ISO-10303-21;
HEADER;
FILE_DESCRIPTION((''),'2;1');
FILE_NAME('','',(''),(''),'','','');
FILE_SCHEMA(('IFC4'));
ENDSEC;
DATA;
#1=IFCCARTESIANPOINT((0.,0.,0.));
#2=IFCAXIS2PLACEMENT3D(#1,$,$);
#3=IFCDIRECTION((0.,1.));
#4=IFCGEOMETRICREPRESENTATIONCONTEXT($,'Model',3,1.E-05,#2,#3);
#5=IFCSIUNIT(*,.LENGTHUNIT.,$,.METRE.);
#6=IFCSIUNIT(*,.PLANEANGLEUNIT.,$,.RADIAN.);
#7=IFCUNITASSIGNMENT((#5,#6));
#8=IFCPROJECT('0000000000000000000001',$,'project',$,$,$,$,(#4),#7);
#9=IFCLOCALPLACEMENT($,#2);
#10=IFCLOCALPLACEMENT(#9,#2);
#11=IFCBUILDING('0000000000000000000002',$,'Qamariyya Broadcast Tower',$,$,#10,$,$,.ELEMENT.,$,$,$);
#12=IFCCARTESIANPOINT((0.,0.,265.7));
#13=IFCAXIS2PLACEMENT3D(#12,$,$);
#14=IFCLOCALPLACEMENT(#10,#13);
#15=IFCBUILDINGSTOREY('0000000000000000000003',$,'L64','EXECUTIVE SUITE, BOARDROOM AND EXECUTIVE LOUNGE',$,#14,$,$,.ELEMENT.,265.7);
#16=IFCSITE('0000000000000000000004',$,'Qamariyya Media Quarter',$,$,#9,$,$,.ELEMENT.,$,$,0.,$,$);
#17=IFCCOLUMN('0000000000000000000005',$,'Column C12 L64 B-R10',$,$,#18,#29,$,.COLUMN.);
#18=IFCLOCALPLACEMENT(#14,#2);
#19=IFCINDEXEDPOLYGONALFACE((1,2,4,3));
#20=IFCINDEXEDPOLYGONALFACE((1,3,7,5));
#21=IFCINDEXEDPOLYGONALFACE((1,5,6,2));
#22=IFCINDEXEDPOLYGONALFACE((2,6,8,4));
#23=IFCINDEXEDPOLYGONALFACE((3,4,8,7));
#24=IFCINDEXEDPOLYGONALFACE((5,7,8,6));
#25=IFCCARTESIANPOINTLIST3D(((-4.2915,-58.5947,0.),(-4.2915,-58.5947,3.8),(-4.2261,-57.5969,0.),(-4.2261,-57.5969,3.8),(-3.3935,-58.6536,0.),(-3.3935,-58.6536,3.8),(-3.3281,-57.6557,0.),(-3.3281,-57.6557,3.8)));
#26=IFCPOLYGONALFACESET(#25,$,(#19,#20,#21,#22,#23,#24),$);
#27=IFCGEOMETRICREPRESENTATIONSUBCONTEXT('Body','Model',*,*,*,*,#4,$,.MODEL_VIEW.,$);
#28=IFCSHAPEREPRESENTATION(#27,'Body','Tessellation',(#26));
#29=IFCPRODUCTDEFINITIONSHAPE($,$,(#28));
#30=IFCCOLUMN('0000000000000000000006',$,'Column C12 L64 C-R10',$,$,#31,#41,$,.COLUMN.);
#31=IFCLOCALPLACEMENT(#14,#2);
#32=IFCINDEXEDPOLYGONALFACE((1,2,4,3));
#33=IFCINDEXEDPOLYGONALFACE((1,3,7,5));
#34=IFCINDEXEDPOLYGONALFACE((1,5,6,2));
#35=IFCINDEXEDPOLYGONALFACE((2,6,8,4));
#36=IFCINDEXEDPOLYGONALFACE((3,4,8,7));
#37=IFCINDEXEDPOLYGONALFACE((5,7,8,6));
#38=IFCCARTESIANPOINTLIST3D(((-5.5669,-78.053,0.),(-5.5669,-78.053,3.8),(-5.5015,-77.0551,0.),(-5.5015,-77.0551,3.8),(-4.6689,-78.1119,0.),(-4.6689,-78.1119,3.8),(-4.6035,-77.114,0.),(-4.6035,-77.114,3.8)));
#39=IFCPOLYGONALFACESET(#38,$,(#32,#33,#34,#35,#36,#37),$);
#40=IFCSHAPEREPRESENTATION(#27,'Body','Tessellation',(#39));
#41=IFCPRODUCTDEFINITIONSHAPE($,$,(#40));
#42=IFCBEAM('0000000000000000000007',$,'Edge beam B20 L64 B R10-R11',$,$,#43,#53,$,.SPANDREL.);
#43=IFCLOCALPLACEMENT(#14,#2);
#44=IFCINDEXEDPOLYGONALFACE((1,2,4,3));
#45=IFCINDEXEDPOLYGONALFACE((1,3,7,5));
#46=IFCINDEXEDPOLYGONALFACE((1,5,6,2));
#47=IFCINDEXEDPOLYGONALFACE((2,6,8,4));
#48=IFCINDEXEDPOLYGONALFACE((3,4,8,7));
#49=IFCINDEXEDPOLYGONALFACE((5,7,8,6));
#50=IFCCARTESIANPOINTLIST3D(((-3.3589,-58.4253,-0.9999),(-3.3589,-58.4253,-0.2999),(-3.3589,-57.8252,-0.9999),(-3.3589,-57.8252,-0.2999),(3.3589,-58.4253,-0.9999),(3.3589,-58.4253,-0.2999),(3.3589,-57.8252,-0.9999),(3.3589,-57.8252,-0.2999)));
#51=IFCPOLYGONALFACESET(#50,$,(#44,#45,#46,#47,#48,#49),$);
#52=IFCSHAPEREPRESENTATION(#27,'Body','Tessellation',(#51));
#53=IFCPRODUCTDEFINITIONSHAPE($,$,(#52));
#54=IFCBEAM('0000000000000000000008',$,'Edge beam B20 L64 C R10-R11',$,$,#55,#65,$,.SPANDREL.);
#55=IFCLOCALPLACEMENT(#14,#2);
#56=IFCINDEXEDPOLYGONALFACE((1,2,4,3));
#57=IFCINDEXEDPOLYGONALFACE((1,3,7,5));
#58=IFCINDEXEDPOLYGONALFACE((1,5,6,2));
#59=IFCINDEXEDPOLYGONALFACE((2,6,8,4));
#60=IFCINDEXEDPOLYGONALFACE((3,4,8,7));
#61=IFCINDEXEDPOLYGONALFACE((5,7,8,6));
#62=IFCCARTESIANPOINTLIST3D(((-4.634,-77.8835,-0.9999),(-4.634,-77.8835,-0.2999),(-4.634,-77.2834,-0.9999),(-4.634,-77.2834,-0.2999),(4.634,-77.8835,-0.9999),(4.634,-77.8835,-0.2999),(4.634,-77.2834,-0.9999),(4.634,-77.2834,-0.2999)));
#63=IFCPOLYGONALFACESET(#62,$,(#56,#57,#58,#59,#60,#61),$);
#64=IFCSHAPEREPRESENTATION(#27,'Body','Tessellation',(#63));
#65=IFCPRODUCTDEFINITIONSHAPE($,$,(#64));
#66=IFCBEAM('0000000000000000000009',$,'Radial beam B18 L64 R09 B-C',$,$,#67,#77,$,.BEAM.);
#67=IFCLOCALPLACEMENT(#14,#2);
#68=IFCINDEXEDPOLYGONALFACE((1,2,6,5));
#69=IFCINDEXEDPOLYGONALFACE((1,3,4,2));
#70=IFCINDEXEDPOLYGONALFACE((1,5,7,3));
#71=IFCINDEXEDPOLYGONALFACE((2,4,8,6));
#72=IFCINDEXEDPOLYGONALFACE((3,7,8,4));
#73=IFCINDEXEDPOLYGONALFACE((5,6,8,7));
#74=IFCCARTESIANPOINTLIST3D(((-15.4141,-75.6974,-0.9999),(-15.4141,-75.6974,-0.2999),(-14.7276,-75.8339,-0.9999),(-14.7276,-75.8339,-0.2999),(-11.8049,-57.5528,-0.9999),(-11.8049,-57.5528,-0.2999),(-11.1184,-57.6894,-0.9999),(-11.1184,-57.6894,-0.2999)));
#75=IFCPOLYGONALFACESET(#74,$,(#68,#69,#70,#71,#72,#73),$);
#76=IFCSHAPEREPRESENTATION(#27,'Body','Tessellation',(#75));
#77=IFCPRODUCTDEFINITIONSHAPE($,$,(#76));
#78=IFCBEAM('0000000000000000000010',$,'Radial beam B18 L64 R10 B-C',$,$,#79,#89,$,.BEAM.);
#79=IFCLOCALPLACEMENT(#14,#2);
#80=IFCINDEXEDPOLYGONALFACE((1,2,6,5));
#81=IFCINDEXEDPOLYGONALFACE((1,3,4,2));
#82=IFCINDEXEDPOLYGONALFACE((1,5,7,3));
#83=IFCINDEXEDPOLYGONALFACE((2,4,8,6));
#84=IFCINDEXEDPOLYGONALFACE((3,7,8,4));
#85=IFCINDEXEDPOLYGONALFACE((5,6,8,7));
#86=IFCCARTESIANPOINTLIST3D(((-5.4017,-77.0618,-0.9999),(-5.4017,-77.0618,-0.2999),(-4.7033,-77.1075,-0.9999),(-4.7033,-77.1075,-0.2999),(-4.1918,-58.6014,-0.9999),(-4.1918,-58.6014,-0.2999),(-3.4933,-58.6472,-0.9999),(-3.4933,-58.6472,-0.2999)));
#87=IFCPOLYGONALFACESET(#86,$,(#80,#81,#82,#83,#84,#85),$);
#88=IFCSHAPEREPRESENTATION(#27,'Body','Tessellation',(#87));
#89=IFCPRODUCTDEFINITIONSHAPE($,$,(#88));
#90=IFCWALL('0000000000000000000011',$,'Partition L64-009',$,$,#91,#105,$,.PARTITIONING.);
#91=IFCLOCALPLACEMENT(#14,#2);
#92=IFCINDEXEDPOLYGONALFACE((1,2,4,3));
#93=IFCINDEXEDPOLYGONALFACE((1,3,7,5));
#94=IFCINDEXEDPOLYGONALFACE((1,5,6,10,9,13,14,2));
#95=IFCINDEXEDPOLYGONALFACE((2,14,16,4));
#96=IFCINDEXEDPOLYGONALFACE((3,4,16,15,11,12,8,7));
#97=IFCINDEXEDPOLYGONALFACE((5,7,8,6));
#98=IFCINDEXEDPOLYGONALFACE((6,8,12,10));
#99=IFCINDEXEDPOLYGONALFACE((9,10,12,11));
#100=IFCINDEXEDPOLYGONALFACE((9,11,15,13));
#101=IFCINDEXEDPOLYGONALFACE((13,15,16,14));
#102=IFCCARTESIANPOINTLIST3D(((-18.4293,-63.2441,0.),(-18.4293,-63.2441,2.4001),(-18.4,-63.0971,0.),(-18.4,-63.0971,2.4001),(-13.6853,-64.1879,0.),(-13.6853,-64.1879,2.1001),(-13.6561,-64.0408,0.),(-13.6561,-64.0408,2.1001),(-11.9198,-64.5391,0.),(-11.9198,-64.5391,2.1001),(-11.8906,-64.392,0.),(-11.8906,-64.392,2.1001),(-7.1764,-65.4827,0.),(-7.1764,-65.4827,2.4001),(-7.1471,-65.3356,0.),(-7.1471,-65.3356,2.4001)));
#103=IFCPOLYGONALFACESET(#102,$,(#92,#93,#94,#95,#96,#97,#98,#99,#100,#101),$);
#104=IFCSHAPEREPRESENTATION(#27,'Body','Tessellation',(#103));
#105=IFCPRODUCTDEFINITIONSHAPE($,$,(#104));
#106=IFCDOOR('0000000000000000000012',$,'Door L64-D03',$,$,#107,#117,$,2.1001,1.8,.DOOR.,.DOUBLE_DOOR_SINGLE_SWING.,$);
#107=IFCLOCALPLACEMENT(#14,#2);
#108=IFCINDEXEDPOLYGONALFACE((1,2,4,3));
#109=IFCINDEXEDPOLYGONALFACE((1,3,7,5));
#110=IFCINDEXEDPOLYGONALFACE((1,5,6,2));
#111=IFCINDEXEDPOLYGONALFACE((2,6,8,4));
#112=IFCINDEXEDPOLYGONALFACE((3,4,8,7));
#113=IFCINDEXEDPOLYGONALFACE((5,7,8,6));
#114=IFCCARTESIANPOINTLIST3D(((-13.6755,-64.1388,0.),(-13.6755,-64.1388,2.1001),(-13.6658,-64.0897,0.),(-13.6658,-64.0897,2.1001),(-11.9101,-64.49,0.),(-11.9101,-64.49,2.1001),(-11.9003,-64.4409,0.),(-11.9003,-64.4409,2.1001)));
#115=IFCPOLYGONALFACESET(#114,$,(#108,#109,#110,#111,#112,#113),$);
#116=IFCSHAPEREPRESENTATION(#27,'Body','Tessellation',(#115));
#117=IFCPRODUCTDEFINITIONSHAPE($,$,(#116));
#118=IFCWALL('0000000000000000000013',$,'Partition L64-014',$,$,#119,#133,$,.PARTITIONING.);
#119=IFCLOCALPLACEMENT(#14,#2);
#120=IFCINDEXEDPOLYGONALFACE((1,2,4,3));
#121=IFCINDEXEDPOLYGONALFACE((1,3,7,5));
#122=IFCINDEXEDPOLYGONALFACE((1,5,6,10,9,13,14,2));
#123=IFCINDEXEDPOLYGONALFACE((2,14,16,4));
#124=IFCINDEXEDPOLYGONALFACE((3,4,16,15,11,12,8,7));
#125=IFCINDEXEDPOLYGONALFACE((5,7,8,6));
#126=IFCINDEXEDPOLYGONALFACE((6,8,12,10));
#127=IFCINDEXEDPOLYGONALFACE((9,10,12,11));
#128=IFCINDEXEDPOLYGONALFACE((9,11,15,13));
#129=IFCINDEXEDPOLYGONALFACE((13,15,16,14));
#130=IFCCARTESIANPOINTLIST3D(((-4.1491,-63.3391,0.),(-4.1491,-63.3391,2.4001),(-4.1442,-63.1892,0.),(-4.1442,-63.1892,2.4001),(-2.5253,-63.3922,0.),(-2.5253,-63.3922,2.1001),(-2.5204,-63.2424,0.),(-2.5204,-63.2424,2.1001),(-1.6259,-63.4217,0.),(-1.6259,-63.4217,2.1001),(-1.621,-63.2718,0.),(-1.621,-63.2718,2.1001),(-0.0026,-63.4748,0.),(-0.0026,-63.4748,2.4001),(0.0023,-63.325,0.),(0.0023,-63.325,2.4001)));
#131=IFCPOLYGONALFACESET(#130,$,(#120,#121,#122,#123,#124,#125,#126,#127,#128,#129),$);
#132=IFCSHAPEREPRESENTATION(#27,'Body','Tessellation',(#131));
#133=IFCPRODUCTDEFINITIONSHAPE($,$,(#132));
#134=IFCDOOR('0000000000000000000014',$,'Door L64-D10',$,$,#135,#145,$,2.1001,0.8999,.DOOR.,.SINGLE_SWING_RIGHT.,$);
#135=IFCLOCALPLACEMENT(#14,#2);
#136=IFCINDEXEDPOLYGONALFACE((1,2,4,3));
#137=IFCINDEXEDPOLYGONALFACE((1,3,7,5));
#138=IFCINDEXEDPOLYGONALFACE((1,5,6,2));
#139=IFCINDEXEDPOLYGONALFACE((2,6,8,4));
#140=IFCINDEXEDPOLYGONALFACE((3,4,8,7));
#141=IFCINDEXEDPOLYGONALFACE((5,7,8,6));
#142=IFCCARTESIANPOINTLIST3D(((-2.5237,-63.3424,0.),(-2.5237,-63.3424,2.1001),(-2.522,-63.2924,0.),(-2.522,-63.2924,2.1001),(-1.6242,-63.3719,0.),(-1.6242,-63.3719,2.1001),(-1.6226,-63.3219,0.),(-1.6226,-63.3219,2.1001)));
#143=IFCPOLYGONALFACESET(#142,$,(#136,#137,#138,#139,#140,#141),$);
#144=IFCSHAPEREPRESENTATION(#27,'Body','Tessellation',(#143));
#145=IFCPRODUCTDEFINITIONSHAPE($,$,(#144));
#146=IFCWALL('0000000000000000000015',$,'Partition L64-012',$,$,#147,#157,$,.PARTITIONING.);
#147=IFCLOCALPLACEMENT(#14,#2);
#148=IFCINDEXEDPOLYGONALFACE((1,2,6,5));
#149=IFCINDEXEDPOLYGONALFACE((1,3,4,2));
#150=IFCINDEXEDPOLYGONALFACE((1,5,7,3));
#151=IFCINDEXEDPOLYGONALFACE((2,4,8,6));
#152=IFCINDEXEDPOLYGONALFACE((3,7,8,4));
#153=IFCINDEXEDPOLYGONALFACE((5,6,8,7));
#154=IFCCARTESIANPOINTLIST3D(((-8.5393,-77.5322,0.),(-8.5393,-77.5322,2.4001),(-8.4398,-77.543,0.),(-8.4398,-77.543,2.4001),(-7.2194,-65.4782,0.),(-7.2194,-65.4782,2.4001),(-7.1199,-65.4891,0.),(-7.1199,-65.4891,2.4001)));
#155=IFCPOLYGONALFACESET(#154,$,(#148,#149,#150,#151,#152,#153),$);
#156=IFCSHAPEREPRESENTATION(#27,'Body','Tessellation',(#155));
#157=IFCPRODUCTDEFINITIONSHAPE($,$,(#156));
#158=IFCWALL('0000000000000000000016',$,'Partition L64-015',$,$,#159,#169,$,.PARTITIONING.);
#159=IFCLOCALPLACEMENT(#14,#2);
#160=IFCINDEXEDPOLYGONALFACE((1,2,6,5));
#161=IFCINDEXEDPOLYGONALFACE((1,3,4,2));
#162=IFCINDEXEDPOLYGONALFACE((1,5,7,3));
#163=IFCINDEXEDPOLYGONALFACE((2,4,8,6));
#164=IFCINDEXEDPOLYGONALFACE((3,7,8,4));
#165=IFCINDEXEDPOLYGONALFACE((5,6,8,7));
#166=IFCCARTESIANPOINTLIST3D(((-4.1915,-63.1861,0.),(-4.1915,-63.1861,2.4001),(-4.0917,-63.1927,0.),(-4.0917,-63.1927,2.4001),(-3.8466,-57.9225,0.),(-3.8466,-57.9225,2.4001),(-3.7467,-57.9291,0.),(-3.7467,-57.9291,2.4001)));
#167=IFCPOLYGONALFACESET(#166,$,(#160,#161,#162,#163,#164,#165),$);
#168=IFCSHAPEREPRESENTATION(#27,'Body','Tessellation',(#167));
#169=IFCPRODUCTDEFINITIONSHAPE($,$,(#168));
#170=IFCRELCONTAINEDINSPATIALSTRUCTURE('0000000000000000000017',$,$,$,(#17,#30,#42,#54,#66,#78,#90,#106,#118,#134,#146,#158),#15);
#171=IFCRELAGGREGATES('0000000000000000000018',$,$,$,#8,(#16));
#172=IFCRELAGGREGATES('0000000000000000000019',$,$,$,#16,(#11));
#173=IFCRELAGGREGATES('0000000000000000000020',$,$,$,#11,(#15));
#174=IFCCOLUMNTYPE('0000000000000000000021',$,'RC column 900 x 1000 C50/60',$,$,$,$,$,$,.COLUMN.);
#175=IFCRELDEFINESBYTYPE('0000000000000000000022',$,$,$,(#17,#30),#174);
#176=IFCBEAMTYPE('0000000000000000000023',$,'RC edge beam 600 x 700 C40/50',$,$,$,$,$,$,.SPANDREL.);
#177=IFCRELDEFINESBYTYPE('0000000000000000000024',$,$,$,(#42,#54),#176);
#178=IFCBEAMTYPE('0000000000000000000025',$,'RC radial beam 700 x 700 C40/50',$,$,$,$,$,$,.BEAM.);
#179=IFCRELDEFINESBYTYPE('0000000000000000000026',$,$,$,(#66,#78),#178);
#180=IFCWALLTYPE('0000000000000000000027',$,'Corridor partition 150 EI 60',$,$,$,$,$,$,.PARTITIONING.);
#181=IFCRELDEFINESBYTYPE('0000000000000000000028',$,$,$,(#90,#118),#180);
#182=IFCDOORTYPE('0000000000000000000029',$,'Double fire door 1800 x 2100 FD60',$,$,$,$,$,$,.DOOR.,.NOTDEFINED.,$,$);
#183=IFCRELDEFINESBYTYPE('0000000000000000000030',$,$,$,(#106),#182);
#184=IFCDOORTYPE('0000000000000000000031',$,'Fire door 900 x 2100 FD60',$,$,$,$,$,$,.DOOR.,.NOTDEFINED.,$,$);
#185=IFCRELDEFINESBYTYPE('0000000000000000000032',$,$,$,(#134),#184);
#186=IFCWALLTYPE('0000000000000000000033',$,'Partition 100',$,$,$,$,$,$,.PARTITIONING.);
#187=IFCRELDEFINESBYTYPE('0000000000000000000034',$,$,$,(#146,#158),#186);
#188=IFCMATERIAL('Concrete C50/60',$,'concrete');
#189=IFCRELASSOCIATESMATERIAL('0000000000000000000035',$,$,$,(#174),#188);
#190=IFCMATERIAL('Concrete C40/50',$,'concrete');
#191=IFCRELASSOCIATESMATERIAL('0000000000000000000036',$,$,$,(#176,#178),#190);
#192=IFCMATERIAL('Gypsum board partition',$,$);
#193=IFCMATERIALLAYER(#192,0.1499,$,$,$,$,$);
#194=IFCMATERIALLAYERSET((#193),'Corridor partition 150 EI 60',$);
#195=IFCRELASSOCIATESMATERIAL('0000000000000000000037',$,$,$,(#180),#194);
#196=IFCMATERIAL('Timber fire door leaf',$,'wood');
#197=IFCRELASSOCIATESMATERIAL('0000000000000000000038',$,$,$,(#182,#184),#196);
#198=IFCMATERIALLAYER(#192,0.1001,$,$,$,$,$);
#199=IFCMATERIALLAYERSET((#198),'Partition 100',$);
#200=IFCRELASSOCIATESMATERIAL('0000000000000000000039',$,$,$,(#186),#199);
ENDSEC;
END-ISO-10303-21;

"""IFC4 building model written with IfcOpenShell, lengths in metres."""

from ifc_helpers import new_model, si_unit, direction, frame, frame_2d, origin, origin_2d, place, context, subcontext, project, spatial, rectangle, extrude, material, layer, layer_set, material_profile, profile_set, type_object, element, fill, save


model = new_model("IFC4")

# Units and contexts
model_context = context("Model", 3, precision=1e-05, world=origin(), true_north=direction((0.0, 1.0)))
body_context = subcontext(model_context, "Body", "Model", "MODEL_VIEW")
ifc_project = project(units=[si_unit("LENGTHUNIT", "METRE"), si_unit("PLANEANGLEUNIT", "RADIAN")], contexts=[model_context])

# Site, building, storey
site_placement = place(None, origin())
site = spatial("IfcSite", under=ifc_project, at=site_placement, Name="Qamariyya Media Quarter", CompositionType="ELEMENT", RefElevation=0.0)
building_placement = place(site_placement, origin())
building = spatial("IfcBuilding", under=site, at=building_placement, Name="Qamariyya Broadcast Tower", CompositionType="ELEMENT")
storey_placement = place(building_placement, frame((0.0, 0.0, 265.7)))
storey = spatial("IfcBuildingStorey", under=building, at=storey_placement, Name="L64", Description="EXECUTIVE SUITE, BOARDROOM AND EXECUTIVE LOUNGE", CompositionType="ELEMENT", Elevation=265.7)

# Columns
ifc_material_1 = material(Name="Concrete C50/60", Category="concrete")
ifc_material_profile_1 = material_profile(ifc_material_1, rectangle(XDim=0.8999, YDim=1.0, at=origin_2d()))
ifc_profile_set_1 = profile_set([ifc_material_profile_1], Name="Concrete C50/60")
column_type = type_object("IfcColumnType", Name="RC column 900 x 1000 C50/60", PredefinedType="COLUMN", material=ifc_profile_set_1)
for number, where, z_axis, x_axis, name in (
    (1, (-3.8098, -58.1252, 0.0), (0.0, 0.0, 1.0), (0.997859, -0.065403, 0.0), "Column C12 L64 B-R10"),
    (2, (-5.0852, -77.5835, 0.0), (0.0, 0.0, 1.0), (0.997859, -0.065403, 0.0), "Column C12 L64 C-R10"),
):
    element("IfcColumn", number, at=place(storey_placement, frame(where, z_axis=z_axis, x_axis=x_axis)), inside=storey, type_object=column_type, Name=name, PredefinedType="COLUMN", context=body_context, shape_type="SweptSolid", body=[
        extrude(rectangle(XDim=0.8999, YDim=1.0, at=origin_2d()), origin(), (0.0, 0.0, 1.0), 3.8),
    ])

# Beams
ifc_material_2 = material(Name="Concrete C40/50", Category="concrete")
ifc_material_profile_2 = material_profile(ifc_material_2, rectangle(XDim=0.6001, YDim=0.7, at=origin_2d()))
ifc_profile_set_2 = profile_set([ifc_material_profile_2], Name="Concrete C40/50")
beam_type_1 = type_object("IfcBeamType", Name="RC edge beam 600 x 700 C40/50", PredefinedType="SPANDREL", material=ifc_profile_set_2)
beam_1_placement = place(storey_placement, frame((-3.3589, -58.1252, -0.6499), z_axis=(1.0, 0.0, 0.0), x_axis=(0.0, 1.0, 0.0)))
element("IfcBeam", 3, at=beam_1_placement, inside=storey, type_object=beam_type_1, Name="Edge beam B20 L64 B R10-R11", PredefinedType="SPANDREL", context=body_context, shape_type="SweptSolid", body=[
    extrude(rectangle(XDim=0.6001, YDim=0.7, at=origin_2d()), origin(), (0.0, 0.0, 1.0), 6.7178),
])
beam_2_placement = place(storey_placement, frame((-4.634, -77.5835, -0.6499), z_axis=(1.0, 0.0, 0.0), x_axis=(0.0, 1.0, 0.0)))
element("IfcBeam", 4, at=beam_2_placement, inside=storey, type_object=beam_type_1, Name="Edge beam B20 L64 C R10-R11", PredefinedType="SPANDREL", context=body_context, shape_type="SweptSolid", body=[
    extrude(rectangle(XDim=0.6001, YDim=0.7, at=origin_2d()), origin(), (0.0, 0.0, 1.0), 9.2681),
])
ifc_material_profile_3 = material_profile(ifc_material_2, rectangle(XDim=0.7, YDim=0.7, at=origin_2d()))
ifc_profile_set_3 = profile_set([ifc_material_profile_3], Name="Concrete C40/50")
beam_type_2 = type_object("IfcBeamType", Name="RC radial beam 700 x 700 C40/50", PredefinedType="BEAM", material=ifc_profile_set_3)
for number, where, z_axis, x_axis, name in (
    (5, (-11.4617, -57.6211, -0.6499), (-0.195088, -0.980786, 0.0), (0.980786, -0.195088, 0.0), "Radial beam B18 L64 R09 B-C"),
    (6, (-3.8425, -58.6243, -0.6499), (-0.065403, -0.997859, 0.0), (0.997859, -0.065403, 0.0), "Radial beam B18 L64 R10 B-C"),
):
    element("IfcBeam", number, at=place(storey_placement, frame(where, z_axis=z_axis, x_axis=x_axis)), inside=storey, type_object=beam_type_2, Name=name, PredefinedType="BEAM", context=body_context, shape_type="SweptSolid", body=[
        extrude(rectangle(XDim=0.7, YDim=0.7, at=origin_2d()), origin(), (0.0, 0.0, 1.0), 18.5),
    ])

# Walls, openings, doors
ifc_material_3 = material(Name="Gypsum board partition")
ifc_layer_1 = layer(ifc_material_3, 0.1499)
ifc_layer_set_1 = layer_set([ifc_layer_1], Name="Corridor partition 150 EI 60")
wall_type_1 = type_object("IfcWallType", Name="Corridor partition 150 EI 60", PredefinedType="PARTITIONING", material=ifc_layer_set_1)
wall_1_placement = place(storey_placement, frame((-7.1616, -65.4092, 0.0), z_axis=(0.0, 0.0, 1.0), x_axis=(-0.980782, 0.195105, 0.0)))
wall_1 = element("IfcWall", 7, at=wall_1_placement, inside=storey, type_object=wall_type_1, Name="Partition L64-009", PredefinedType="PARTITIONING", context=body_context, shape_type="SweptSolid", body=[
    extrude(rectangle(XDim=11.4734, YDim=0.1499, at=frame_2d((5.7368, 0.0))), origin(), (0.0, 0.0, 1.0), 2.4001),
])
opening_1_placement = place(wall_1_placement, frame((4.8367, 0.0, 0.0)))
opening_1 = element("IfcOpeningElement", 8, at=opening_1_placement, cuts=wall_1, PredefinedType="OPENING", context=body_context, shape_type="SweptSolid", body=[
    extrude(rectangle(XDim=1.8, YDim=2.1001, at=frame_2d((0.8999, 1.05))), frame((0.0, 0.085, 0.0), z_axis=(0.0, -1.0, 0.0), x_axis=(1.0, 0.0, 0.0)), (0.0, 0.0, 1.0), 0.1699),
])
ifc_material_4 = material(Name="Timber fire door leaf", Category="wood")
door_type_1 = type_object("IfcDoorType", Name="Double fire door 1800 x 2100 FD60", OperationType="NOTDEFINED", PredefinedType="DOOR", material=ifc_material_4)
door_1_placement = place(opening_1_placement, origin())
door_1 = element("IfcDoor", 9, at=door_1_placement, inside=storey, type_object=door_type_1, Name="Door L64-D03", OperationType="DOUBLE_DOOR_SINGLE_SWING", OverallHeight=2.1001, OverallWidth=1.8, PredefinedType="DOOR", context=body_context, shape_type="SweptSolid", body=[
    extrude(rectangle(XDim=1.8, YDim=2.1001, at=frame_2d((0.8999, 1.05))), frame((0.0, 0.0249, 0.0), z_axis=(0.0, -1.0, 0.0), x_axis=(1.0, 0.0, 0.0)), (0.0, 0.0, 1.0), 0.05),
])
fill(opening_1, door_1)
wall_2_placement = place(storey_placement, frame((-4.1465, -63.2642, 0.0), z_axis=(0.0, 0.0, 1.0), x_axis=(0.999465, -0.032719, 0.0)))
wall_2 = element("IfcWall", 10, at=wall_2_placement, inside=storey, type_object=wall_type_1, Name="Partition L64-014", PredefinedType="PARTITIONING", context=body_context, shape_type="SweptSolid", body=[
    extrude(rectangle(XDim=4.1487, YDim=0.1499, at=frame_2d((2.0742, 0.0))), origin(), (0.0, 0.0, 1.0), 2.4001),
])
opening_2_placement = place(wall_2_placement, frame((1.6245, 0.0, 0.0)))
opening_2 = element("IfcOpeningElement", 11, at=opening_2_placement, cuts=wall_2, PredefinedType="OPENING", context=body_context, shape_type="SweptSolid", body=[
    extrude(rectangle(XDim=0.8999, YDim=2.1001, at=frame_2d((0.45, 1.05))), frame((0.0, 0.085, 0.0), z_axis=(0.0, -1.0, 0.0), x_axis=(1.0, 0.0, 0.0)), (0.0, 0.0, 1.0), 0.1699),
])
door_type_2 = type_object("IfcDoorType", Name="Fire door 900 x 2100 FD60", OperationType="NOTDEFINED", PredefinedType="DOOR", material=ifc_material_4)
door_2_placement = place(opening_2_placement, origin())
door_2 = element("IfcDoor", 12, at=door_2_placement, inside=storey, type_object=door_type_2, Name="Door L64-D10", OperationType="SINGLE_SWING_RIGHT", OverallHeight=2.1001, OverallWidth=0.8999, PredefinedType="DOOR", context=body_context, shape_type="SweptSolid", body=[
    extrude(rectangle(XDim=0.8999, YDim=2.1001, at=frame_2d((0.45, 1.05))), frame((0.0, 0.0249, 0.0), z_axis=(0.0, -1.0, 0.0), x_axis=(1.0, 0.0, 0.0)), (0.0, 0.0, 1.0), 0.05),
])
fill(opening_2, door_2)

# Walls
ifc_layer_2 = layer(ifc_material_3, 0.1001)
ifc_layer_set_2 = layer_set([ifc_layer_2], Name="Partition 100")
wall_type_2 = type_object("IfcWallType", Name="Partition 100", PredefinedType="PARTITIONING", material=ifc_layer_set_2)
wall_3_placement = place(storey_placement, frame((-8.4895, -77.5376, 0.0), z_axis=(0.0, 0.0, 1.0), x_axis=(0.108843, 0.994059, 0.0)))
element("IfcWall", 13, at=wall_3_placement, inside=storey, type_object=wall_type_2, Name="Partition L64-012", PredefinedType="PARTITIONING", context=body_context, shape_type="SweptSolid", body=[
    extrude(rectangle(XDim=12.126, YDim=0.1001, at=frame_2d((6.063, 0.0))), origin(), (0.0, 0.0, 1.0), 2.4001),
])
wall_4_placement = place(storey_placement, frame((-3.7966, -57.9258, 0.0), z_axis=(0.0, 0.0, 1.0), x_axis=(-0.065398, -0.997859, 0.0)))
element("IfcWall", 14, at=wall_4_placement, inside=storey, type_object=wall_type_2, Name="Partition L64-015", PredefinedType="PARTITIONING", context=body_context, shape_type="SweptSolid", body=[
    extrude(rectangle(XDim=5.2749, YDim=0.1001, at=frame_2d((2.6375, 0.0))), origin(), (0.0, 0.0, 1.0), 2.4001),
])

save(model, "model.ifc")
